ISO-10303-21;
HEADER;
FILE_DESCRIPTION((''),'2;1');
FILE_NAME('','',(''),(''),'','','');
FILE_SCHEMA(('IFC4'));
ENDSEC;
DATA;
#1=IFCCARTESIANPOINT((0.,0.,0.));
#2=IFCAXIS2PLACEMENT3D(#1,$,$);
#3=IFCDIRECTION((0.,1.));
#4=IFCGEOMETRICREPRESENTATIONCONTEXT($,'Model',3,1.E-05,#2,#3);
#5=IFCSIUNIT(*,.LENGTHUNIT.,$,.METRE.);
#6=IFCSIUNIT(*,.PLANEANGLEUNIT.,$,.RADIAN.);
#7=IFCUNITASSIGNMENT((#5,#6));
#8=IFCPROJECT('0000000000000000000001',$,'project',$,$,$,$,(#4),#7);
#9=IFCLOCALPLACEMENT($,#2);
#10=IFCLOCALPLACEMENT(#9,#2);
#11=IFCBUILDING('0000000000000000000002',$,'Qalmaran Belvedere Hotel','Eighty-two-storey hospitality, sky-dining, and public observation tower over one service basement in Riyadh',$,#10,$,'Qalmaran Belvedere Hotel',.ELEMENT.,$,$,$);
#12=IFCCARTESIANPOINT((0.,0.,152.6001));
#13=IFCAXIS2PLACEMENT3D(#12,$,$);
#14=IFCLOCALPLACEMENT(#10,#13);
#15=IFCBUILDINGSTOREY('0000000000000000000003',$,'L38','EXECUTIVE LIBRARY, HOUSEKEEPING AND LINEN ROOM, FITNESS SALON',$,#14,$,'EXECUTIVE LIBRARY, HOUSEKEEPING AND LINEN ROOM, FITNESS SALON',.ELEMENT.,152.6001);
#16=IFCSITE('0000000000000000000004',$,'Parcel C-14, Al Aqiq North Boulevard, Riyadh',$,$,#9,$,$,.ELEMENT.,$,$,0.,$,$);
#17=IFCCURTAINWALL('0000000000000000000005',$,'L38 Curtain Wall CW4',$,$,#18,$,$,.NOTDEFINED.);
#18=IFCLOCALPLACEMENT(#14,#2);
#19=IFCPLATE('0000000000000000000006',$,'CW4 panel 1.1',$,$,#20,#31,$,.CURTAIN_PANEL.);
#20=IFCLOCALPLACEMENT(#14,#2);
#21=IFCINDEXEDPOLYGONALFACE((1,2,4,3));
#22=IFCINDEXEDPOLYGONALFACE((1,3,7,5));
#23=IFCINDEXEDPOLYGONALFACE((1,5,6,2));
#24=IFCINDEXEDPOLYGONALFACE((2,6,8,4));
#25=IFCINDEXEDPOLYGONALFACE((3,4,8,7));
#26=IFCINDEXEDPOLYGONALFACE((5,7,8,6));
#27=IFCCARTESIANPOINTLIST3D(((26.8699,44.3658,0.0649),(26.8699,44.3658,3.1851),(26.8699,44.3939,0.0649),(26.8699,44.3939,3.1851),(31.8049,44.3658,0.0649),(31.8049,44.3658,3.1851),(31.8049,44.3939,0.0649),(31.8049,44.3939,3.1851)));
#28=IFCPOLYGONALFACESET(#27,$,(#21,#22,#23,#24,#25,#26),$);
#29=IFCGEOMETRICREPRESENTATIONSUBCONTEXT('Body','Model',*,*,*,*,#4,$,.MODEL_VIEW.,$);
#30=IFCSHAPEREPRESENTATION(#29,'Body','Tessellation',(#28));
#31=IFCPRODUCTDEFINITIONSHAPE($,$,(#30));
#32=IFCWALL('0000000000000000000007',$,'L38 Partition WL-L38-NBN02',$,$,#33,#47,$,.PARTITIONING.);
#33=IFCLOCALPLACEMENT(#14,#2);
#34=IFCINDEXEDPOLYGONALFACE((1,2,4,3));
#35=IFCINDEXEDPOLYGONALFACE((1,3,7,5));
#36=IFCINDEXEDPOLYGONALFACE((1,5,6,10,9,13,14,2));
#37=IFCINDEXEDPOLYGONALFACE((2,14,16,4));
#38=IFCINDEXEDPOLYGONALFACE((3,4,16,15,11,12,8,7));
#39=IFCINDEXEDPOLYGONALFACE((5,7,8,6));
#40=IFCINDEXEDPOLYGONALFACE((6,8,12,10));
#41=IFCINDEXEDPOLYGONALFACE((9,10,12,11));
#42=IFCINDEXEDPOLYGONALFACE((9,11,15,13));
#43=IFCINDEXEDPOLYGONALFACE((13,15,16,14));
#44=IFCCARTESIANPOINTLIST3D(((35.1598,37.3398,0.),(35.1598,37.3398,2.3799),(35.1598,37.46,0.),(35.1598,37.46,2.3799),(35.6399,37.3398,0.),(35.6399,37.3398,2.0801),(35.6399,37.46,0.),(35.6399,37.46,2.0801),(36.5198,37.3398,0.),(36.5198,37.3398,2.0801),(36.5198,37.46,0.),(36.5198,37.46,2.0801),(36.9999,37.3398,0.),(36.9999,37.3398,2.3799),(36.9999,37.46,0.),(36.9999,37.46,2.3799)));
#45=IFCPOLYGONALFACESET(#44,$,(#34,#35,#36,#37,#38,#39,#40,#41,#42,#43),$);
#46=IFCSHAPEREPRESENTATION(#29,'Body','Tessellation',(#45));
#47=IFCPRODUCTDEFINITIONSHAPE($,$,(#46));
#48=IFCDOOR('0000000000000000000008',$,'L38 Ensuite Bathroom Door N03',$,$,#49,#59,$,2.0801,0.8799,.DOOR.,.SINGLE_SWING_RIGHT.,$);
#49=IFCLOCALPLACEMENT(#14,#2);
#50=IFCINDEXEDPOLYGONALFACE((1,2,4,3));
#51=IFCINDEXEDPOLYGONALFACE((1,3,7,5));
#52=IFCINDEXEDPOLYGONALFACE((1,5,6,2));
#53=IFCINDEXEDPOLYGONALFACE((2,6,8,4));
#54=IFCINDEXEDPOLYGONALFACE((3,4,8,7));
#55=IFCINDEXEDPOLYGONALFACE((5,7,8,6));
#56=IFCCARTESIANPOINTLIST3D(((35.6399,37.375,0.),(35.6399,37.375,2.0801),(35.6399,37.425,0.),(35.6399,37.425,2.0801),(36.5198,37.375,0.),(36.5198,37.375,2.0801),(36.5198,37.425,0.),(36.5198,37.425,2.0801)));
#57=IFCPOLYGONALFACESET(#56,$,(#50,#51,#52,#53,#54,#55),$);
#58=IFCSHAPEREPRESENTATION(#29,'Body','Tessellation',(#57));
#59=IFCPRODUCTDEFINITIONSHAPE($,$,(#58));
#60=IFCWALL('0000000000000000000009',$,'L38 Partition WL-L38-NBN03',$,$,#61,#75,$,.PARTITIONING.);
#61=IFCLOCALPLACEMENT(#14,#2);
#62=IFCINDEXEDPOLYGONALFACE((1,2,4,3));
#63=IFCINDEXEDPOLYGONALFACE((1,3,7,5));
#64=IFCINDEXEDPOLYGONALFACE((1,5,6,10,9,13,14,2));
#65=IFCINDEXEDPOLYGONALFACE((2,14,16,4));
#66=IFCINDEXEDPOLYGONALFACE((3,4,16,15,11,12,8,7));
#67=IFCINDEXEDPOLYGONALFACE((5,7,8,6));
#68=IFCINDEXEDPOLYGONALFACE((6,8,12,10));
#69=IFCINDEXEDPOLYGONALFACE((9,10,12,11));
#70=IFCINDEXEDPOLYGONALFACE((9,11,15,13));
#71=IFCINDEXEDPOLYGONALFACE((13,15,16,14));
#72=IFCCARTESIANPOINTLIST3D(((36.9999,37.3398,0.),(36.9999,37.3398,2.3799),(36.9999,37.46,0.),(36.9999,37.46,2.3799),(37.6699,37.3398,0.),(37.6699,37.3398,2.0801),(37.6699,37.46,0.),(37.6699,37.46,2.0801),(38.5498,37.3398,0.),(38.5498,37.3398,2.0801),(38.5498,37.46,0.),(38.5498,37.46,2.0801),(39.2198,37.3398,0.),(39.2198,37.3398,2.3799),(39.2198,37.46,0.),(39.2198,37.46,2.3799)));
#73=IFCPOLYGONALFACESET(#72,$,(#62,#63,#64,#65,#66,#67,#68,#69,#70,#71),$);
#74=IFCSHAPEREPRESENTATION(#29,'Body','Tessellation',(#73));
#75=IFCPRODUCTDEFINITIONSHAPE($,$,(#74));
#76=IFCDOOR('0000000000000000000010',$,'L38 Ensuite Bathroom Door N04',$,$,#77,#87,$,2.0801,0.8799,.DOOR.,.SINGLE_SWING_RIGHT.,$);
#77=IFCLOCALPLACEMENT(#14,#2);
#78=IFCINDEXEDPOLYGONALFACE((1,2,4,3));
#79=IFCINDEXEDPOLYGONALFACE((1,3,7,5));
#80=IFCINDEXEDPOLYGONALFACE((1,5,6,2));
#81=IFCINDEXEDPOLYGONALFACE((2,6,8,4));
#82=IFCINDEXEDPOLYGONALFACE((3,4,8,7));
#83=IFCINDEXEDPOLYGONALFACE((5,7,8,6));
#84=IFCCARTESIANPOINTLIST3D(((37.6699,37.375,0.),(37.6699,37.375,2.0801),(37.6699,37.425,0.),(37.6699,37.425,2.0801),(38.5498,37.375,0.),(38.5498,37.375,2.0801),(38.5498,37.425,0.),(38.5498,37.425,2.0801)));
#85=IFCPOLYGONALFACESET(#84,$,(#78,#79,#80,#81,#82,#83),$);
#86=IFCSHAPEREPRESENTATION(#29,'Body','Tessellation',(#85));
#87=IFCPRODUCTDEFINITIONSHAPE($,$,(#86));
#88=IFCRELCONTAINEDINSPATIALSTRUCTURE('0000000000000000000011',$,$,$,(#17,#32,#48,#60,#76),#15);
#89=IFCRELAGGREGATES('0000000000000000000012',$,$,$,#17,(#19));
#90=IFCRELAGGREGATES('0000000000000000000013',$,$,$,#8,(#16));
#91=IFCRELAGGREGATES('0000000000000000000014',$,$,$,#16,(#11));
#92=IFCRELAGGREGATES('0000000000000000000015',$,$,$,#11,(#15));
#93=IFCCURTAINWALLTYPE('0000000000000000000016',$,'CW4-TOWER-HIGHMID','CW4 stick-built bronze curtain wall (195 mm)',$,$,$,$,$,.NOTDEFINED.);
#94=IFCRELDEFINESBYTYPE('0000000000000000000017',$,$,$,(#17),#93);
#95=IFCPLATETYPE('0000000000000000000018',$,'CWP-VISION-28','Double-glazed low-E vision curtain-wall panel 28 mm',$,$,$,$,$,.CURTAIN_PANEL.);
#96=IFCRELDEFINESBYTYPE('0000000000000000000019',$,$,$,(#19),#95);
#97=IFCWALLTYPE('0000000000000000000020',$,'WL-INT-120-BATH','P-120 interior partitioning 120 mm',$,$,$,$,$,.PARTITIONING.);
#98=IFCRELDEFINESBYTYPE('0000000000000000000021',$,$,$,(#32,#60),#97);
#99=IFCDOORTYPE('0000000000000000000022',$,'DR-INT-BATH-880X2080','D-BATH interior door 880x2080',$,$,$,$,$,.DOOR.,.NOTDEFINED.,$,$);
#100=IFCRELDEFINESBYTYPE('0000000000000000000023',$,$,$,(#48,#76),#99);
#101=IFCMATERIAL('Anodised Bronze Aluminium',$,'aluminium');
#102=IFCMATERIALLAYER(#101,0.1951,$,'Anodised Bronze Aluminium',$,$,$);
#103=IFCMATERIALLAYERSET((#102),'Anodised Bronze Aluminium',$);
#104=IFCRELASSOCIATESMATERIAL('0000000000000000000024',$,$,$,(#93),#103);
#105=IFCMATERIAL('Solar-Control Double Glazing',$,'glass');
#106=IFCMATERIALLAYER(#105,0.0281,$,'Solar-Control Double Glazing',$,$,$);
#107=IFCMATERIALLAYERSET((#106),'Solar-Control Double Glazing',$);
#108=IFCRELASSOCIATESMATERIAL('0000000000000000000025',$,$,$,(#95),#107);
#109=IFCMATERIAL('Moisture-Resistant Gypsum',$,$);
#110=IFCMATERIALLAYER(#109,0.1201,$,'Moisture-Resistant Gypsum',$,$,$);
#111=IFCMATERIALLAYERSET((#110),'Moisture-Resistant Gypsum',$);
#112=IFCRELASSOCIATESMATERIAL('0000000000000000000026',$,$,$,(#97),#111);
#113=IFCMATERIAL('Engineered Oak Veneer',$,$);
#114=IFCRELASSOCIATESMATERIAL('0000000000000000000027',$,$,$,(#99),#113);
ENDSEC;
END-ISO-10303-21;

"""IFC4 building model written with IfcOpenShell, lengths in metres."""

from ifc_helpers import new_model, si_unit, direction, frame, frame_2d, origin, origin_2d, place, context, subcontext, project, spatial, rectangle, extrude, material, layer, layer_set, type_object, element, fill, aggregate, save


model = new_model("IFC4")

# Units and contexts
model_context = context("Model", 3, precision=1e-05, world=origin(), true_north=direction((0.0, 1.0)))
body_context = subcontext(model_context, "Body", "Model", "MODEL_VIEW")
ifc_project = project(units=[si_unit("LENGTHUNIT", "METRE"), si_unit("PLANEANGLEUNIT", "RADIAN")], contexts=[model_context])

# Site, building, storey
site_placement = place(None, origin())
site = spatial("IfcSite", under=ifc_project, at=site_placement, Name="Parcel C-14, Al Aqiq North Boulevard, Riyadh", CompositionType="ELEMENT", RefElevation=0.0)
building_placement = place(site_placement, origin())
building = spatial("IfcBuilding", under=site, at=building_placement, Name="Qalmaran Belvedere Hotel", Description="Eighty-two-storey hospitality, sky-dining, and public observation tower over one service basement in Riyadh", LongName="Qalmaran Belvedere Hotel", CompositionType="ELEMENT")
storey_placement = place(building_placement, frame((0.0, 0.0, 152.6001)))
storey = spatial("IfcBuildingStorey", under=building, at=storey_placement, Name="L38", Description="EXECUTIVE LIBRARY, HOUSEKEEPING AND LINEN ROOM, FITNESS SALON", LongName="EXECUTIVE LIBRARY, HOUSEKEEPING AND LINEN ROOM, FITNESS SALON", CompositionType="ELEMENT", Elevation=152.6001)

# Shared definitions
ifc_material_1 = material(Name="Anodised Bronze Aluminium", Category="aluminium")
ifc_layer_1 = layer(ifc_material_1, 0.1951, Name="Anodised Bronze Aluminium")
ifc_layer_set_1 = layer_set([ifc_layer_1], Name="Anodised Bronze Aluminium")
curtain_wall_type = type_object("IfcCurtainWallType", Name="CW4-TOWER-HIGHMID", Description="CW4 stick-built bronze curtain wall (195 mm)", PredefinedType="NOTDEFINED", material=ifc_layer_set_1)

# Curtain wall
curtain_wall_1_placement = place(storey_placement, origin())
curtain_wall_1 = element("IfcCurtainWall", 1, at=curtain_wall_1_placement, inside=storey, type_object=curtain_wall_type, Name="L38 Curtain Wall CW4", PredefinedType="NOTDEFINED")

# Plate
ifc_material_2 = material(Name="Solar-Control Double Glazing", Category="glass")
ifc_layer_2 = layer(ifc_material_2, 0.0281, Name="Solar-Control Double Glazing")
ifc_layer_set_2 = layer_set([ifc_layer_2], Name="Solar-Control Double Glazing")
plate_type = type_object("IfcPlateType", Name="CWP-VISION-28", Description="Double-glazed low-E vision curtain-wall panel 28 mm", PredefinedType="CURTAIN_PANEL", material=ifc_layer_set_2)
plate_1_placement = place(storey_placement, frame((29.3374, 44.3799, 0.0649), z_axis=(0.0, 0.0, 1.0), x_axis=(-1.0, 0.0, 0.0)))
plate_1 = element("IfcPlate", 2, at=plate_1_placement, type_object=plate_type, Name="CW4 panel 1.1", PredefinedType="CURTAIN_PANEL", context=body_context, shape_type="SweptSolid", body=[
    extrude(rectangle(XDim=4.9351, YDim=0.0281, at=origin_2d()), origin(), (0.0, 0.0, 1.0), 3.1201),
])
aggregate(curtain_wall_1, [plate_1])

# Walls, openings, doors
ifc_material_3 = material(Name="Moisture-Resistant Gypsum")
ifc_layer_3 = layer(ifc_material_3, 0.1201, Name="Moisture-Resistant Gypsum")
ifc_layer_set_3 = layer_set([ifc_layer_3], Name="Moisture-Resistant Gypsum")
wall_type_1 = type_object("IfcWallType", Name="WL-INT-120-BATH", Description="P-120 interior partitioning 120 mm", PredefinedType="PARTITIONING", material=ifc_layer_set_3)
wall_1_placement = place(storey_placement, frame((35.1599, 37.3999, 0.0), z_axis=(0.0, 0.0, 1.0), x_axis=(1.0, 0.0, 0.0)))
wall_1 = element("IfcWall", 3, at=wall_1_placement, inside=storey, type_object=wall_type_1, Name="L38 Partition WL-L38-NBN02", PredefinedType="PARTITIONING", context=body_context, shape_type="SweptSolid", body=[
    extrude(rectangle(XDim=1.8401, YDim=0.1201, at=frame_2d((0.9199, 0.0))), origin(), (0.0, 0.0, 1.0), 2.3799),
])
opening_1_placement = place(wall_1_placement, frame((1.3599, 0.0, 0.0), z_axis=(0.0, 0.0, 1.0), x_axis=(-1.0, 0.0, 0.0)))
opening_1 = element("IfcOpeningElement", 4, at=opening_1_placement, cuts=wall_1, PredefinedType="OPENING", context=body_context, shape_type="SweptSolid", body=[
    extrude(rectangle(XDim=0.8799, YDim=2.0801, at=frame_2d((0.4399, 1.04))), frame((0.0, 0.0701, 0.0), z_axis=(0.0, -1.0, 0.0), x_axis=(1.0, 0.0, 0.0)), (0.0, 0.0, 1.0), 0.1401),
])
ifc_material_4 = material(Name="Engineered Oak Veneer")
door_type_1 = type_object("IfcDoorType", Name="DR-INT-BATH-880X2080", Description="D-BATH interior door 880x2080", OperationType="NOTDEFINED", PredefinedType="DOOR", material=ifc_material_4)
door_1_placement = place(opening_1_placement, origin())
door_1 = element("IfcDoor", 5, at=door_1_placement, inside=storey, type_object=door_type_1, Name="L38 Ensuite Bathroom Door N03", OperationType="SINGLE_SWING_RIGHT", OverallHeight=2.0801, OverallWidth=0.8799, PredefinedType="DOOR", context=body_context, shape_type="SweptSolid", body=[
    extrude(rectangle(XDim=0.8799, YDim=2.0801, at=frame_2d((0.4399, 1.04))), frame((0.0, 0.0249, 0.0), z_axis=(0.0, -1.0, 0.0), x_axis=(1.0, 0.0, 0.0)), (0.0, 0.0, 1.0), 0.05),
])
fill(opening_1, door_1)
wall_2_placement = place(storey_placement, frame((37.0, 37.3999, 0.0), z_axis=(0.0, 0.0, 1.0), x_axis=(1.0, 0.0, 0.0)))
wall_2 = element("IfcWall", 6, at=wall_2_placement, inside=storey, type_object=wall_type_1, Name="L38 Partition WL-L38-NBN03", PredefinedType="PARTITIONING", context=body_context, shape_type="SweptSolid", body=[
    extrude(rectangle(XDim=2.22, YDim=0.1201, at=frame_2d((1.1099, 0.0))), origin(), (0.0, 0.0, 1.0), 2.3799),
])
opening_2_placement = place(wall_2_placement, frame((1.5498, 0.0, 0.0), z_axis=(0.0, 0.0, 1.0), x_axis=(-1.0, 0.0, 0.0)))
opening_2 = element("IfcOpeningElement", 7, at=opening_2_placement, cuts=wall_2, PredefinedType="OPENING", context=body_context, shape_type="SweptSolid", body=[
    extrude(rectangle(XDim=0.8799, YDim=2.0801, at=frame_2d((0.4399, 1.04))), frame((0.0, 0.0701, 0.0), z_axis=(0.0, -1.0, 0.0), x_axis=(1.0, 0.0, 0.0)), (0.0, 0.0, 1.0), 0.1401),
])
door_2_placement = place(opening_2_placement, origin())
door_2 = element("IfcDoor", 8, at=door_2_placement, inside=storey, type_object=door_type_1, Name="L38 Ensuite Bathroom Door N04", OperationType="SINGLE_SWING_RIGHT", OverallHeight=2.0801, OverallWidth=0.8799, PredefinedType="DOOR", context=body_context, shape_type="SweptSolid", body=[
    extrude(rectangle(XDim=0.8799, YDim=2.0801, at=frame_2d((0.4399, 1.04))), frame((0.0, 0.0249, 0.0), z_axis=(0.0, -1.0, 0.0), x_axis=(1.0, 0.0, 0.0)), (0.0, 0.0, 1.0), 0.05),
])
fill(opening_2, door_2)

save(model, "model.ifc")
